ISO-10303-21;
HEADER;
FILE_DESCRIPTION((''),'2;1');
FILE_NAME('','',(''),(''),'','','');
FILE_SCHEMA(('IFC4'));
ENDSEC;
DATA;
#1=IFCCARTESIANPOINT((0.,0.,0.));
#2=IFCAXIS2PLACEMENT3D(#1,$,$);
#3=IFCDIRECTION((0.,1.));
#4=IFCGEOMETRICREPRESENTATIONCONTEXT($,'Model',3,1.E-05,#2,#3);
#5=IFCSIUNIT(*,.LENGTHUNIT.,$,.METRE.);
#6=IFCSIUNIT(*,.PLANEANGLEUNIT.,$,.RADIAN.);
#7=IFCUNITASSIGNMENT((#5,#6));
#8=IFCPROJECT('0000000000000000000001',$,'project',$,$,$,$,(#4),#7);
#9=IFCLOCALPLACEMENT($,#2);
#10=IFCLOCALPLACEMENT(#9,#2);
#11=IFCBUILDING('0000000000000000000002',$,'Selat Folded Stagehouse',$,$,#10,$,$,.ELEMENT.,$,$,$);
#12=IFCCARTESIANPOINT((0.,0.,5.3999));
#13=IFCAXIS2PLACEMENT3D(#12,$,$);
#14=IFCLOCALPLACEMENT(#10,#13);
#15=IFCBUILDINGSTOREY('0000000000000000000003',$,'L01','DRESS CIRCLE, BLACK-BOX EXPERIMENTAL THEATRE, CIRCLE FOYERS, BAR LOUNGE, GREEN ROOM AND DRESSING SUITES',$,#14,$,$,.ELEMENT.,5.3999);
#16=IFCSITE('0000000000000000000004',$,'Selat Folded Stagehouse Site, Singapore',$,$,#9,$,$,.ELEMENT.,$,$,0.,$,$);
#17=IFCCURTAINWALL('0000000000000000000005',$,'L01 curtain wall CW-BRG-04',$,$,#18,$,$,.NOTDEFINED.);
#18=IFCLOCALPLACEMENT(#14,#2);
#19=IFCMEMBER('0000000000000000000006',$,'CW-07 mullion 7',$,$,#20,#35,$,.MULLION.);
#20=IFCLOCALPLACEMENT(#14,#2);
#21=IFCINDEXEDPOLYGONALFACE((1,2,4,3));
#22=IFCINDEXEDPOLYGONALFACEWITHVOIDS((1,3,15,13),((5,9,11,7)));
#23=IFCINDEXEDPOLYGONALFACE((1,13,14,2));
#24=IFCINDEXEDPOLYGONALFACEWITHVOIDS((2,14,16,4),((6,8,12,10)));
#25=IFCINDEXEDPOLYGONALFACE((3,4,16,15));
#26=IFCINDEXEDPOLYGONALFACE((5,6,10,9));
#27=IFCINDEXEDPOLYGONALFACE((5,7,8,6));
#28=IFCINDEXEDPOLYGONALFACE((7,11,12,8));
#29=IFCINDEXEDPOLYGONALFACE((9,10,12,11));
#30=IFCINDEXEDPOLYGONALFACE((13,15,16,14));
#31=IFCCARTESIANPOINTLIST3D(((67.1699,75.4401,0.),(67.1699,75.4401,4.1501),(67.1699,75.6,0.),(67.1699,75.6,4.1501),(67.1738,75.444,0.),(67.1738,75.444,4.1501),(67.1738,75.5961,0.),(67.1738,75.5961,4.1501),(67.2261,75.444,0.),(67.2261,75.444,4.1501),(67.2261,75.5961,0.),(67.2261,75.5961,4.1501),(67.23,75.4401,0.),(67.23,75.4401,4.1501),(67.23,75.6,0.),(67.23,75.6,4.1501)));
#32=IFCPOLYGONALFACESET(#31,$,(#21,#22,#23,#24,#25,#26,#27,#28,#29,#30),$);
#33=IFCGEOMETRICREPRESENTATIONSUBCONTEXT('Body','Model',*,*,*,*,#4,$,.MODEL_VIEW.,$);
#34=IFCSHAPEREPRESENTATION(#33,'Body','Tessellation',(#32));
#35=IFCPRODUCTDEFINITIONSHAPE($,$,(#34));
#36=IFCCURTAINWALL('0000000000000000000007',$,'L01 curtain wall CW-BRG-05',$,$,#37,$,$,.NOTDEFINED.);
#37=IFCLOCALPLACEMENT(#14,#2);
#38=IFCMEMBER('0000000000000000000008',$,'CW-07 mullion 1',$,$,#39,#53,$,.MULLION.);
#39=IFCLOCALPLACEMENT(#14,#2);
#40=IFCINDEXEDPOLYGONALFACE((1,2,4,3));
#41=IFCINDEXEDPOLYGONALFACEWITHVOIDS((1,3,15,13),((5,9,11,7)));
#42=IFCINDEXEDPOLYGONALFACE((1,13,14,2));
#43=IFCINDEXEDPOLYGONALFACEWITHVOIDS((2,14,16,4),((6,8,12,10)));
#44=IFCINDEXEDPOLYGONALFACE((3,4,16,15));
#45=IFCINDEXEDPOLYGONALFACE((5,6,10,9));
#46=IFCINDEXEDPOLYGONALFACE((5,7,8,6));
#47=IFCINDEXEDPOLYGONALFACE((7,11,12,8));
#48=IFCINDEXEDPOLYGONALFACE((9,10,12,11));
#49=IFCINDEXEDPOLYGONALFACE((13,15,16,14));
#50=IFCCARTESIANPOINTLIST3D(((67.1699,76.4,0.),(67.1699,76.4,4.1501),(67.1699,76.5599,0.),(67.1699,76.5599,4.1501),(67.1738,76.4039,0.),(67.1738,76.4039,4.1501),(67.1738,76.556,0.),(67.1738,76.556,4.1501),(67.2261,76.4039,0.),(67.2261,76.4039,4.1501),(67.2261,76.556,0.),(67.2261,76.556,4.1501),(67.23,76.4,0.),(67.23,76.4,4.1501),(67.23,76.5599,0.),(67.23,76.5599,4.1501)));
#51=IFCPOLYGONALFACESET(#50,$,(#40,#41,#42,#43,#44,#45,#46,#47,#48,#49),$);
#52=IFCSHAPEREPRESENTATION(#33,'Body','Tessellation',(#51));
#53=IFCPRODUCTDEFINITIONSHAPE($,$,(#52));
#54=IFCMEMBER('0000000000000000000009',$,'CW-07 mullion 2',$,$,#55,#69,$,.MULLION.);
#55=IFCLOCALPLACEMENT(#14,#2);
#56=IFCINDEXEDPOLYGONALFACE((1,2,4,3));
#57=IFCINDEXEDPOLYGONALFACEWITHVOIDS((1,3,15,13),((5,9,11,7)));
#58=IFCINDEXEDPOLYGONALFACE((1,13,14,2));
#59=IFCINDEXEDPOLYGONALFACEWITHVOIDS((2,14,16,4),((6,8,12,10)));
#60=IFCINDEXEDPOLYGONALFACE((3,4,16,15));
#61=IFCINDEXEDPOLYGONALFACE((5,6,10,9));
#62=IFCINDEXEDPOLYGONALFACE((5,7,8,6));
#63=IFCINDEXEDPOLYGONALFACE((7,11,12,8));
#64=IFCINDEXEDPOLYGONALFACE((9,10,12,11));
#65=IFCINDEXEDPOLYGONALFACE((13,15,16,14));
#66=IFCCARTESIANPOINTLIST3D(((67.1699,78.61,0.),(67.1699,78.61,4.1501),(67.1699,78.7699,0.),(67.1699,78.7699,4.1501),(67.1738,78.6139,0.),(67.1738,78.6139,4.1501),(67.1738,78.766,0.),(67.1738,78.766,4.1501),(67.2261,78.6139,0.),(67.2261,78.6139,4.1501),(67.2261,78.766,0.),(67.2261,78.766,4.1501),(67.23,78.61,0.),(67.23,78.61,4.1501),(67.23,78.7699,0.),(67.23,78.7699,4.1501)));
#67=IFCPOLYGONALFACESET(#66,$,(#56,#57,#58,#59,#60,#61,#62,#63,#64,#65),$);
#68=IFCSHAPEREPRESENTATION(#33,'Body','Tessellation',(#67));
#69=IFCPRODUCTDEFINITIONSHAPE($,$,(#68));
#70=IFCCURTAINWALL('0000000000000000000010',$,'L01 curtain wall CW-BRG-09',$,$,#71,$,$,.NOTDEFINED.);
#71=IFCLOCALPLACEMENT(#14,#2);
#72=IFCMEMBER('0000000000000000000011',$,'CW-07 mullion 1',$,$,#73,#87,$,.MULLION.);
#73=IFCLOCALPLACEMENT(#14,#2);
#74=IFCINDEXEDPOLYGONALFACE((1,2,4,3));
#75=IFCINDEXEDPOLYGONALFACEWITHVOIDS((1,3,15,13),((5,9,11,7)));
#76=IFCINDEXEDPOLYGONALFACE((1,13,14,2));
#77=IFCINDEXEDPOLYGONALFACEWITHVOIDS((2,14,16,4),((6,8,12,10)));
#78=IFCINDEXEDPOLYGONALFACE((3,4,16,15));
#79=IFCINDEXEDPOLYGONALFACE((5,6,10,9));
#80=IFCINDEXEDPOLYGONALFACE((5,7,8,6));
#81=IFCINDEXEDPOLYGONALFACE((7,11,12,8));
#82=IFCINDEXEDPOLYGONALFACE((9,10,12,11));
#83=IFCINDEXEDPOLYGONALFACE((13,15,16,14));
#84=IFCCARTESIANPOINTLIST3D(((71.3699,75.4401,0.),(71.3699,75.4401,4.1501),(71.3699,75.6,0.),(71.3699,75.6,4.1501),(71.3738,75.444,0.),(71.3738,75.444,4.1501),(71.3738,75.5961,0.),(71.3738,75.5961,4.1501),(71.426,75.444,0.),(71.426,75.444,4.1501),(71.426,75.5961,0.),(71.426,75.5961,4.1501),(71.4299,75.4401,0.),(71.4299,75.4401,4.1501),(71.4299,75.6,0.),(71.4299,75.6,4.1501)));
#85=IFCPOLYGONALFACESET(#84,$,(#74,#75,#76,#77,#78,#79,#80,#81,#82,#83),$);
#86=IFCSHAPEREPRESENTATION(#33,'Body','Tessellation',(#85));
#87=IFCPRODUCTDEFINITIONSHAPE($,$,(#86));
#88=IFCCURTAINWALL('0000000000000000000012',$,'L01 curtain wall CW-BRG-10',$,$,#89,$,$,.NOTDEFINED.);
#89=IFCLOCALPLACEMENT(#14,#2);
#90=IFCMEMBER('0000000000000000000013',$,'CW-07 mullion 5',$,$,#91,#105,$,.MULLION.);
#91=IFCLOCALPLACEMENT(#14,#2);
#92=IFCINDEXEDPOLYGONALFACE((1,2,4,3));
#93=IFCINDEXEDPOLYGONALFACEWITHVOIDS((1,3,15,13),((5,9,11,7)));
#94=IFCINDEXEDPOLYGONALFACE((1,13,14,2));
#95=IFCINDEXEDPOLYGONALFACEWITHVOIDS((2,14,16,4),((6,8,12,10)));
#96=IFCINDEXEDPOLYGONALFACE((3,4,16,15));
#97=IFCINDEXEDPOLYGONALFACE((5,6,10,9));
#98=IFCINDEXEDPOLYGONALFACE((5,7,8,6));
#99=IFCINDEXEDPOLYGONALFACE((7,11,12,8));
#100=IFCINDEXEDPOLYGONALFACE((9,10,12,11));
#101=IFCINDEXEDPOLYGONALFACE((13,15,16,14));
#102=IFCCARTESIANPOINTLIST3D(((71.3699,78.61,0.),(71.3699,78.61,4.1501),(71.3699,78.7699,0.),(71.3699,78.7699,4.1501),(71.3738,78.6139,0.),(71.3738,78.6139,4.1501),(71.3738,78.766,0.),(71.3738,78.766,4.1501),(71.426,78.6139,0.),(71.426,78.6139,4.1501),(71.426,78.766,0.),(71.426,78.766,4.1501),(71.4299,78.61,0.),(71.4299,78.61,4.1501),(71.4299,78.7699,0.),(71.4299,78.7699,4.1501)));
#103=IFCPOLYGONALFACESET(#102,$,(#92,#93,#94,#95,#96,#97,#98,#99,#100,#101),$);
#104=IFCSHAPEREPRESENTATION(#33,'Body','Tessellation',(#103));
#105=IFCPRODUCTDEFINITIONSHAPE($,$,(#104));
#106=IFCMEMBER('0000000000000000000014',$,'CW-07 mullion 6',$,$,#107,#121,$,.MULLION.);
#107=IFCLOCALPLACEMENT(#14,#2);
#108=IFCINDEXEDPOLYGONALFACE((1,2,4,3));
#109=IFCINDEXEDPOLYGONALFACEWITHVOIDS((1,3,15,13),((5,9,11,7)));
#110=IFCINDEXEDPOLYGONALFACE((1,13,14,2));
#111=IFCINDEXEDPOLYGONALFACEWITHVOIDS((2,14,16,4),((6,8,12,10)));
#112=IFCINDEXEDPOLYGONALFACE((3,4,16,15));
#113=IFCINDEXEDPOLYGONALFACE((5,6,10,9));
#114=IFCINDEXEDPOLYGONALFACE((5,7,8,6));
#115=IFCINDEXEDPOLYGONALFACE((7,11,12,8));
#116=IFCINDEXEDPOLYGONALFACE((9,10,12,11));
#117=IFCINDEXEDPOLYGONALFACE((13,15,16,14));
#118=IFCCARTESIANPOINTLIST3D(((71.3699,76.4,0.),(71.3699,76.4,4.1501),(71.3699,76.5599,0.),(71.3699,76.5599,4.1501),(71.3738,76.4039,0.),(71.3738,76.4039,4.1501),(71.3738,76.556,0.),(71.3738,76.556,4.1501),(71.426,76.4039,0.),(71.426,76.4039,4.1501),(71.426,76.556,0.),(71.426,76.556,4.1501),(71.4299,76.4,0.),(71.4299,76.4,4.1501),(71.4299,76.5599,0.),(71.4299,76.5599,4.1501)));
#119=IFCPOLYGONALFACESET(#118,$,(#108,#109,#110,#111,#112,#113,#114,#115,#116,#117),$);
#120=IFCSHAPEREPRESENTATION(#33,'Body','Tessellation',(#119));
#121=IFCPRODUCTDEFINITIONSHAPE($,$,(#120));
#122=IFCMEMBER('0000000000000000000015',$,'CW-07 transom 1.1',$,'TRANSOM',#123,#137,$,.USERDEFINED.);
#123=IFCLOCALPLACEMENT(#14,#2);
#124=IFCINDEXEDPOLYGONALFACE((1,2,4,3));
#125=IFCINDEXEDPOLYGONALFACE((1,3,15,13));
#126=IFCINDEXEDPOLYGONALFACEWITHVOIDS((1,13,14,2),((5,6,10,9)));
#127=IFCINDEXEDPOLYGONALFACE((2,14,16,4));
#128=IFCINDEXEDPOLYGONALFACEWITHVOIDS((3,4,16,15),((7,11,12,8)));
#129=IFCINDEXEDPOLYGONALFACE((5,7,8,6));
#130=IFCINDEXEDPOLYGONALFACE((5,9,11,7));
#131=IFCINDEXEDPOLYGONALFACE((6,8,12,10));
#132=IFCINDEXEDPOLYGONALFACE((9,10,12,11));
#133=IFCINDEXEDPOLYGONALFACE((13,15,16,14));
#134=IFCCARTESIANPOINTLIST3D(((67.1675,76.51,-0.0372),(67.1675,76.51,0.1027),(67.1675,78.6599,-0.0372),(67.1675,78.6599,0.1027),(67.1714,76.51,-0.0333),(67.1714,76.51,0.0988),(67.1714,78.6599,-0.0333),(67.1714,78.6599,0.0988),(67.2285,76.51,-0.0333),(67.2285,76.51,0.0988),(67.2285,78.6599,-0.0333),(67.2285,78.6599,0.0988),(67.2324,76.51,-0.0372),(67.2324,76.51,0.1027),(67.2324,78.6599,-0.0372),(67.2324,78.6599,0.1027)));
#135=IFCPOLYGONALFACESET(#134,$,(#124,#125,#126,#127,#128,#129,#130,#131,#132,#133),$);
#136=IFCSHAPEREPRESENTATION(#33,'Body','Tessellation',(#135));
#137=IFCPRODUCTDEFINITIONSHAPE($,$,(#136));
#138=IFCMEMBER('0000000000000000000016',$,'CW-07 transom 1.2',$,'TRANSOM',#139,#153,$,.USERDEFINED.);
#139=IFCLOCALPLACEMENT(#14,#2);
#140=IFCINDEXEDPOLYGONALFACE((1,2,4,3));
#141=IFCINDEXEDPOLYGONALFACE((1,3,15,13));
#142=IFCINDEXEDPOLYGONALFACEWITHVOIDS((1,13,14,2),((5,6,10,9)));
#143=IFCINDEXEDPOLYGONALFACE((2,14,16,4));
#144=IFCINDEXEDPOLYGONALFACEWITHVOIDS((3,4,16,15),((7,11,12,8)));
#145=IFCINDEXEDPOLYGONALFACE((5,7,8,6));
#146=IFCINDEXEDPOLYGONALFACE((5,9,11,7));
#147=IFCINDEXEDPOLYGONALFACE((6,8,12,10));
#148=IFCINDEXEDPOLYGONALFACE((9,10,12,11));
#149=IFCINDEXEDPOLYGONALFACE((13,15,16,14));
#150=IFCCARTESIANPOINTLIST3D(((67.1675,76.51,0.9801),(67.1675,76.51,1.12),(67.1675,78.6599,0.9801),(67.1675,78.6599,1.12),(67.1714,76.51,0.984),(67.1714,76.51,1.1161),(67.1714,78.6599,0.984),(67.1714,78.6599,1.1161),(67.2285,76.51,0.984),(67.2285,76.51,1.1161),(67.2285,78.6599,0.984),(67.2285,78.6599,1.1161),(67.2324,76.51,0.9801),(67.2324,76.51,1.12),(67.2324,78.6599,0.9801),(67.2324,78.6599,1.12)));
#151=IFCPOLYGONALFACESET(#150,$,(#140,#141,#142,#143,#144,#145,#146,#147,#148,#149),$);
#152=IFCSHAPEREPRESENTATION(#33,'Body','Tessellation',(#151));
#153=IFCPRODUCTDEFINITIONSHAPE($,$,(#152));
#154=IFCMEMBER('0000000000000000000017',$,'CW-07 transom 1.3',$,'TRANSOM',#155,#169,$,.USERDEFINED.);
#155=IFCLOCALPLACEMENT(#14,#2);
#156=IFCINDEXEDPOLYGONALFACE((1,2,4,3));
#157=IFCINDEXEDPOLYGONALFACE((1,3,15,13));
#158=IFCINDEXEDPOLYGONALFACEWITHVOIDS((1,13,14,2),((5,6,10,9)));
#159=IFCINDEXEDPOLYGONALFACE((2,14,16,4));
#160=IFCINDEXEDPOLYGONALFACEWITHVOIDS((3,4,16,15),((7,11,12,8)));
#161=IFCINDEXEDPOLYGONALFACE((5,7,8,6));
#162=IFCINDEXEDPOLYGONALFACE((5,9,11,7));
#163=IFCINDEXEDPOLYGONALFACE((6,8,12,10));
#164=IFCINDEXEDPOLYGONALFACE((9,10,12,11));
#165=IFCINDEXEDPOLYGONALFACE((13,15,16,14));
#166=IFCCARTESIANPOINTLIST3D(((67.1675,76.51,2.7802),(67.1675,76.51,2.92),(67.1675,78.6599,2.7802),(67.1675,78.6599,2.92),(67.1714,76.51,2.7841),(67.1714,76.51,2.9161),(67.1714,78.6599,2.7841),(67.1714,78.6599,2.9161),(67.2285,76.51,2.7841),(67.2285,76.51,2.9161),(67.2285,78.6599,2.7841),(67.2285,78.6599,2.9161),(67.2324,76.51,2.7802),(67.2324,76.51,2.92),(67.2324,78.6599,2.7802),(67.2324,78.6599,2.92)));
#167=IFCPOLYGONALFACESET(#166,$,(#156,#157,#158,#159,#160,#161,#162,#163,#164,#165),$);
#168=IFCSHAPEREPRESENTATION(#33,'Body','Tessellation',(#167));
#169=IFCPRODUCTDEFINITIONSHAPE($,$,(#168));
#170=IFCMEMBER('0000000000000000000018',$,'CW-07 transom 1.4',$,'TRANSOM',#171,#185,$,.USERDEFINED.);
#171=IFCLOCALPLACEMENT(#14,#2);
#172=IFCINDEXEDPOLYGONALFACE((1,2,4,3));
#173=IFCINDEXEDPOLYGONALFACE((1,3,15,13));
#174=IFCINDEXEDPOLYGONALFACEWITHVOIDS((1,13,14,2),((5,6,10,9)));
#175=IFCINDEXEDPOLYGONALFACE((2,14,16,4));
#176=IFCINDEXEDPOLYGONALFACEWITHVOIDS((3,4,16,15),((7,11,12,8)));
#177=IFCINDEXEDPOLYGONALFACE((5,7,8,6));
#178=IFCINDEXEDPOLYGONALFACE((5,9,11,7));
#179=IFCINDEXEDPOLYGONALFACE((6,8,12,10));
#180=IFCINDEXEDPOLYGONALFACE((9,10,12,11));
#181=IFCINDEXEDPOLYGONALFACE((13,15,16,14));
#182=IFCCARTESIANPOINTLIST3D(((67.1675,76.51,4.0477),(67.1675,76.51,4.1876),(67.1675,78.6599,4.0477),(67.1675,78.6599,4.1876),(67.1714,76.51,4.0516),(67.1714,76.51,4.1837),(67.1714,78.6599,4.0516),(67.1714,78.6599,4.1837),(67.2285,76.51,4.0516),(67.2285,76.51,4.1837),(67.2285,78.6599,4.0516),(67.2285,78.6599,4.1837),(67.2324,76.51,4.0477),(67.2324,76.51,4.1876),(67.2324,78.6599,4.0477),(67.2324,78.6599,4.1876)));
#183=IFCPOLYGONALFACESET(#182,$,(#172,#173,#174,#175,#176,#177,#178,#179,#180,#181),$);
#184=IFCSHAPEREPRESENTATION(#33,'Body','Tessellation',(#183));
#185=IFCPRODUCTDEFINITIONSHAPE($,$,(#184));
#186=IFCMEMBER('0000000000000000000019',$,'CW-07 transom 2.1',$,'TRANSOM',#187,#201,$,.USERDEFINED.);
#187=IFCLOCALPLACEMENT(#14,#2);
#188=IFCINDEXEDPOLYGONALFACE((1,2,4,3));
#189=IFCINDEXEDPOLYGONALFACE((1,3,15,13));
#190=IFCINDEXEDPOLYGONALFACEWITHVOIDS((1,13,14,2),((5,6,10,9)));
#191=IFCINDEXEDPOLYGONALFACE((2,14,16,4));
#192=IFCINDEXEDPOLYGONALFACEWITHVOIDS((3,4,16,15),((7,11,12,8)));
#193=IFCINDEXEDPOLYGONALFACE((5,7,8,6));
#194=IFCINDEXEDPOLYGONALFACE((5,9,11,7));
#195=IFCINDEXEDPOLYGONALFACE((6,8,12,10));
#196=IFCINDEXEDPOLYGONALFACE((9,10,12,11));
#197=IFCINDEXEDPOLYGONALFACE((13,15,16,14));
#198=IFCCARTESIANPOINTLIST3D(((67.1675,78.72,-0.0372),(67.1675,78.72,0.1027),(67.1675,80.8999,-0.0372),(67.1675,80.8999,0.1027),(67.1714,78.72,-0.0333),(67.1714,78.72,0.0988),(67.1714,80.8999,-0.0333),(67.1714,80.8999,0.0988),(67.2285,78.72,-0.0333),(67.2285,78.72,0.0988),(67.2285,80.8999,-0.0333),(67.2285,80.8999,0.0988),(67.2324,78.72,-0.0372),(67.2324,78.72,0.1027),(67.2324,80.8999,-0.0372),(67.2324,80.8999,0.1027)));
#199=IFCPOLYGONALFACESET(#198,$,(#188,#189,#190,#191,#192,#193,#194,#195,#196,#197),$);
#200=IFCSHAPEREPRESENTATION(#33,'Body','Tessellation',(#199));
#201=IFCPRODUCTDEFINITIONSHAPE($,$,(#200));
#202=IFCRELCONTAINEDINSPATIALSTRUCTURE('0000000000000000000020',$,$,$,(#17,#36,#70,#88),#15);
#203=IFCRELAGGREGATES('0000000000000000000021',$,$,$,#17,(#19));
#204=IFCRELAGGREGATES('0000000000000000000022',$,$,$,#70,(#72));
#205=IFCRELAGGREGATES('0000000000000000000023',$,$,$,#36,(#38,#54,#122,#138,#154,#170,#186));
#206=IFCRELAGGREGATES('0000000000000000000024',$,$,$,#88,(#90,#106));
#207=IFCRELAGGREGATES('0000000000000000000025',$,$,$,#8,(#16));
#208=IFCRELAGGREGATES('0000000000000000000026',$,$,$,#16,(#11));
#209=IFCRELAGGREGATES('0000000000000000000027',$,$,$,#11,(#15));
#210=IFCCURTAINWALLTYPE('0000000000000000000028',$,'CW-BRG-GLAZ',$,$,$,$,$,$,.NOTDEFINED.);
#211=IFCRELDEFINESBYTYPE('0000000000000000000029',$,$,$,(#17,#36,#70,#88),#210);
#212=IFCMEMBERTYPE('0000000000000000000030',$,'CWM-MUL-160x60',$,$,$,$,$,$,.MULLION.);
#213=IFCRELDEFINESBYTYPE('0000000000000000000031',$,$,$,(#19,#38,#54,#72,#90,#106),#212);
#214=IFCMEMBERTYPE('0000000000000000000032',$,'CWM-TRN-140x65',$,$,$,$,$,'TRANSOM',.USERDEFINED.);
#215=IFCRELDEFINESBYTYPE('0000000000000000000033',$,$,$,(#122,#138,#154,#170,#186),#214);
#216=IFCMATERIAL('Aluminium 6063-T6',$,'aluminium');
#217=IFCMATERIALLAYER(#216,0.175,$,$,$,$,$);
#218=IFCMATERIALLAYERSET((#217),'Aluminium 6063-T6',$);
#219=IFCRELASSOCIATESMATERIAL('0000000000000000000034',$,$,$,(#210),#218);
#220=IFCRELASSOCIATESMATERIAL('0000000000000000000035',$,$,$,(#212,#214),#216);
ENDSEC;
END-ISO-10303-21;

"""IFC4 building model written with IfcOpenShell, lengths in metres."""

from ifc_helpers import new_model, si_unit, direction, frame, origin, origin_2d, place, context, subcontext, project, spatial, hollow_rectangle, extrude, material, layer, layer_set, material_profile, profile_set, type_object, element, aggregate, save


model = new_model("IFC4")

# Units and contexts
model_context = context("Model", 3, precision=1e-05, world=origin(), true_north=direction((0.0, 1.0)))
body_context = subcontext(model_context, "Body", "Model", "MODEL_VIEW")
ifc_project = project(units=[si_unit("LENGTHUNIT", "METRE"), si_unit("PLANEANGLEUNIT", "RADIAN")], contexts=[model_context])

# Site, building, storey
site_placement = place(None, origin())
site = spatial("IfcSite", under=ifc_project, at=site_placement, Name="Selat Folded Stagehouse Site, Singapore", CompositionType="ELEMENT", RefElevation=0.0)
building_placement = place(site_placement, origin())
building = spatial("IfcBuilding", under=site, at=building_placement, Name="Selat Folded Stagehouse", CompositionType="ELEMENT")
storey_placement = place(building_placement, frame((0.0, 0.0, 5.3999)))
storey = spatial("IfcBuildingStorey", under=building, at=storey_placement, Name="L01", Description="DRESS CIRCLE, BLACK-BOX EXPERIMENTAL THEATRE, CIRCLE FOYERS, BAR LOUNGE, GREEN ROOM AND DRESSING SUITES", CompositionType="ELEMENT", Elevation=5.3999)

# Curtain wall, member
ifc_material_1 = material(Name="Aluminium 6063-T6", Category="aluminium")
ifc_layer_1 = layer(ifc_material_1, 0.175)
ifc_layer_set_1 = layer_set([ifc_layer_1], Name="Aluminium 6063-T6")
curtain_wall_type = type_object("IfcCurtainWallType", Name="CW-BRG-GLAZ", PredefinedType="NOTDEFINED", material=ifc_layer_set_1)
curtain_wall_1_placement = place(storey_placement, origin())
curtain_wall_1 = element("IfcCurtainWall", 1, at=curtain_wall_1_placement, inside=storey, type_object=curtain_wall_type, Name="L01 curtain wall CW-BRG-04", PredefinedType="NOTDEFINED")
ifc_material_profile_1 = material_profile(ifc_material_1, hollow_rectangle(XDim=0.0601, YDim=0.1599, WallThickness=0.0039, at=origin_2d()), Name="ALU 160x60x4.0")
ifc_profile_set_1 = profile_set([ifc_material_profile_1], Name="Aluminium 6063-T6")
member_type_1 = type_object("IfcMemberType", Name="CWM-MUL-160x60", PredefinedType="MULLION", material=ifc_profile_set_1)
member_1_placement = place(storey_placement, frame((67.2, 75.52, 0.0), z_axis=(0.0, 0.0, 1.0), x_axis=(-1.0, 0.0, 0.0)))
member_1 = element("IfcMember", 2, at=member_1_placement, type_object=member_type_1, Name="CW-07 mullion 7", PredefinedType="MULLION", context=body_context, shape_type="SweptSolid", body=[
    extrude(hollow_rectangle(XDim=0.0601, YDim=0.1599, WallThickness=0.0039, at=origin_2d()), origin(), (0.0, 0.0, 1.0), 4.1501),
])
aggregate(curtain_wall_1, [member_1])

# Curtain wall, members
curtain_wall_2_placement = place(storey_placement, origin())
curtain_wall_2 = element("IfcCurtainWall", 3, at=curtain_wall_2_placement, inside=storey, type_object=curtain_wall_type, Name="L01 curtain wall CW-BRG-05", PredefinedType="NOTDEFINED")
member_2_placement = place(storey_placement, frame((67.2, 76.48, 0.0), z_axis=(0.0, 0.0, 1.0), x_axis=(-1.0, 0.0, 0.0)))
member_2 = element("IfcMember", 4, at=member_2_placement, type_object=member_type_1, Name="CW-07 mullion 1", PredefinedType="MULLION", context=body_context, shape_type="SweptSolid", body=[
    extrude(hollow_rectangle(XDim=0.0601, YDim=0.1599, WallThickness=0.0039, at=origin_2d()), origin(), (0.0, 0.0, 1.0), 4.1501),
])
member_3_placement = place(storey_placement, frame((67.2, 78.6899, 0.0), z_axis=(0.0, 0.0, 1.0), x_axis=(-1.0, 0.0, 0.0)))
member_3 = element("IfcMember", 5, at=member_3_placement, type_object=member_type_1, Name="CW-07 mullion 2", PredefinedType="MULLION", context=body_context, shape_type="SweptSolid", body=[
    extrude(hollow_rectangle(XDim=0.0601, YDim=0.1599, WallThickness=0.0039, at=origin_2d()), origin(), (0.0, 0.0, 1.0), 4.1501),
])

# Curtain wall, member
curtain_wall_3_placement = place(storey_placement, origin())
curtain_wall_3 = element("IfcCurtainWall", 6, at=curtain_wall_3_placement, inside=storey, type_object=curtain_wall_type, Name="L01 curtain wall CW-BRG-09", PredefinedType="NOTDEFINED")
member_4_placement = place(storey_placement, frame((71.3999, 75.52, 0.0), z_axis=(0.0, 0.0, 1.0), x_axis=(1.0, 0.0, 0.0)))
member_4 = element("IfcMember", 7, at=member_4_placement, type_object=member_type_1, Name="CW-07 mullion 1", PredefinedType="MULLION", context=body_context, shape_type="SweptSolid", body=[
    extrude(hollow_rectangle(XDim=0.0601, YDim=0.1599, WallThickness=0.0039, at=origin_2d()), origin(), (0.0, 0.0, 1.0), 4.1501),
])
aggregate(curtain_wall_3, [member_4])

# Curtain wall, members
curtain_wall_4_placement = place(storey_placement, origin())
curtain_wall_4 = element("IfcCurtainWall", 8, at=curtain_wall_4_placement, inside=storey, type_object=curtain_wall_type, Name="L01 curtain wall CW-BRG-10", PredefinedType="NOTDEFINED")
member_5_placement = place(storey_placement, frame((71.3999, 78.6899, 0.0), z_axis=(0.0, 0.0, 1.0), x_axis=(1.0, 0.0, 0.0)))
member_5 = element("IfcMember", 9, at=member_5_placement, type_object=member_type_1, Name="CW-07 mullion 5", PredefinedType="MULLION", context=body_context, shape_type="SweptSolid", body=[
    extrude(hollow_rectangle(XDim=0.0601, YDim=0.1599, WallThickness=0.0039, at=origin_2d()), origin(), (0.0, 0.0, 1.0), 4.1501),
])
member_6_placement = place(storey_placement, frame((71.3999, 76.48, 0.0), z_axis=(0.0, 0.0, 1.0), x_axis=(1.0, 0.0, 0.0)))
member_6 = element("IfcMember", 10, at=member_6_placement, type_object=member_type_1, Name="CW-07 mullion 6", PredefinedType="MULLION", context=body_context, shape_type="SweptSolid", body=[
    extrude(hollow_rectangle(XDim=0.0601, YDim=0.1599, WallThickness=0.0039, at=origin_2d()), origin(), (0.0, 0.0, 1.0), 4.1501),
])

# Members
ifc_material_profile_2 = material_profile(ifc_material_1, hollow_rectangle(XDim=0.0649, YDim=0.1399, WallThickness=0.0039, at=origin_2d()), Name="ALU 140x65x4.0")
ifc_profile_set_2 = profile_set([ifc_material_profile_2], Name="Aluminium 6063-T6")
member_type_2 = type_object("IfcMemberType", Name="CWM-TRN-140x65", ElementType="TRANSOM", PredefinedType="USERDEFINED", material=ifc_profile_set_2)
member_7_placement = place(storey_placement, frame((67.2, 76.51, 0.0327), z_axis=(0.0, 1.0, 0.0), x_axis=(-1.0, 0.0, 0.0)))
member_7 = element("IfcMember", 11, at=member_7_placement, type_object=member_type_2, Name="CW-07 transom 1.1", ObjectType="TRANSOM", PredefinedType="USERDEFINED", context=body_context, shape_type="SweptSolid", body=[
    extrude(hollow_rectangle(XDim=0.0649, YDim=0.1399, WallThickness=0.0039, at=origin_2d()), origin(), (0.0, 0.0, 1.0), 2.1499),
])
member_8_placement = place(storey_placement, frame((67.2, 76.51, 1.05), z_axis=(0.0, 1.0, 0.0), x_axis=(-1.0, 0.0, 0.0)))
member_8 = element("IfcMember", 12, at=member_8_placement, type_object=member_type_2, Name="CW-07 transom 1.2", ObjectType="TRANSOM", PredefinedType="USERDEFINED", context=body_context, shape_type="SweptSolid", body=[
    extrude(hollow_rectangle(XDim=0.0649, YDim=0.1399, WallThickness=0.0039, at=origin_2d()), origin(), (0.0, 0.0, 1.0), 2.1499),
])
member_9_placement = place(storey_placement, frame((67.2, 76.51, 2.8501), z_axis=(0.0, 1.0, 0.0), x_axis=(-1.0, 0.0, 0.0)))
member_9 = element("IfcMember", 13, at=member_9_placement, type_object=member_type_2, Name="CW-07 transom 1.3", ObjectType="TRANSOM", PredefinedType="USERDEFINED", context=body_context, shape_type="SweptSolid", body=[
    extrude(hollow_rectangle(XDim=0.0649, YDim=0.1399, WallThickness=0.0039, at=origin_2d()), origin(), (0.0, 0.0, 1.0), 2.1499),
])
member_10_placement = place(storey_placement, frame((67.2, 76.51, 4.1177), z_axis=(0.0, 1.0, 0.0), x_axis=(-1.0, 0.0, 0.0)))
member_10 = element("IfcMember", 14, at=member_10_placement, type_object=member_type_2, Name="CW-07 transom 1.4", ObjectType="TRANSOM", PredefinedType="USERDEFINED", context=body_context, shape_type="SweptSolid", body=[
    extrude(hollow_rectangle(XDim=0.0649, YDim=0.1399, WallThickness=0.0039, at=origin_2d()), origin(), (0.0, 0.0, 1.0), 2.1499),
])
member_11_placement = place(storey_placement, frame((67.2, 78.72, 0.0327), z_axis=(0.0, 1.0, 0.0), x_axis=(-1.0, 0.0, 0.0)))
member_11 = element("IfcMember", 15, at=member_11_placement, type_object=member_type_2, Name="CW-07 transom 2.1", ObjectType="TRANSOM", PredefinedType="USERDEFINED", context=body_context, shape_type="SweptSolid", body=[
    extrude(hollow_rectangle(XDim=0.0649, YDim=0.1399, WallThickness=0.0039, at=origin_2d()), origin(), (0.0, 0.0, 1.0), 2.1799),
])

aggregate(curtain_wall_2, [member_2, member_3, member_7, member_8, member_9, member_10, member_11])
aggregate(curtain_wall_4, [member_5, member_6])

save(model, "model.ifc")
